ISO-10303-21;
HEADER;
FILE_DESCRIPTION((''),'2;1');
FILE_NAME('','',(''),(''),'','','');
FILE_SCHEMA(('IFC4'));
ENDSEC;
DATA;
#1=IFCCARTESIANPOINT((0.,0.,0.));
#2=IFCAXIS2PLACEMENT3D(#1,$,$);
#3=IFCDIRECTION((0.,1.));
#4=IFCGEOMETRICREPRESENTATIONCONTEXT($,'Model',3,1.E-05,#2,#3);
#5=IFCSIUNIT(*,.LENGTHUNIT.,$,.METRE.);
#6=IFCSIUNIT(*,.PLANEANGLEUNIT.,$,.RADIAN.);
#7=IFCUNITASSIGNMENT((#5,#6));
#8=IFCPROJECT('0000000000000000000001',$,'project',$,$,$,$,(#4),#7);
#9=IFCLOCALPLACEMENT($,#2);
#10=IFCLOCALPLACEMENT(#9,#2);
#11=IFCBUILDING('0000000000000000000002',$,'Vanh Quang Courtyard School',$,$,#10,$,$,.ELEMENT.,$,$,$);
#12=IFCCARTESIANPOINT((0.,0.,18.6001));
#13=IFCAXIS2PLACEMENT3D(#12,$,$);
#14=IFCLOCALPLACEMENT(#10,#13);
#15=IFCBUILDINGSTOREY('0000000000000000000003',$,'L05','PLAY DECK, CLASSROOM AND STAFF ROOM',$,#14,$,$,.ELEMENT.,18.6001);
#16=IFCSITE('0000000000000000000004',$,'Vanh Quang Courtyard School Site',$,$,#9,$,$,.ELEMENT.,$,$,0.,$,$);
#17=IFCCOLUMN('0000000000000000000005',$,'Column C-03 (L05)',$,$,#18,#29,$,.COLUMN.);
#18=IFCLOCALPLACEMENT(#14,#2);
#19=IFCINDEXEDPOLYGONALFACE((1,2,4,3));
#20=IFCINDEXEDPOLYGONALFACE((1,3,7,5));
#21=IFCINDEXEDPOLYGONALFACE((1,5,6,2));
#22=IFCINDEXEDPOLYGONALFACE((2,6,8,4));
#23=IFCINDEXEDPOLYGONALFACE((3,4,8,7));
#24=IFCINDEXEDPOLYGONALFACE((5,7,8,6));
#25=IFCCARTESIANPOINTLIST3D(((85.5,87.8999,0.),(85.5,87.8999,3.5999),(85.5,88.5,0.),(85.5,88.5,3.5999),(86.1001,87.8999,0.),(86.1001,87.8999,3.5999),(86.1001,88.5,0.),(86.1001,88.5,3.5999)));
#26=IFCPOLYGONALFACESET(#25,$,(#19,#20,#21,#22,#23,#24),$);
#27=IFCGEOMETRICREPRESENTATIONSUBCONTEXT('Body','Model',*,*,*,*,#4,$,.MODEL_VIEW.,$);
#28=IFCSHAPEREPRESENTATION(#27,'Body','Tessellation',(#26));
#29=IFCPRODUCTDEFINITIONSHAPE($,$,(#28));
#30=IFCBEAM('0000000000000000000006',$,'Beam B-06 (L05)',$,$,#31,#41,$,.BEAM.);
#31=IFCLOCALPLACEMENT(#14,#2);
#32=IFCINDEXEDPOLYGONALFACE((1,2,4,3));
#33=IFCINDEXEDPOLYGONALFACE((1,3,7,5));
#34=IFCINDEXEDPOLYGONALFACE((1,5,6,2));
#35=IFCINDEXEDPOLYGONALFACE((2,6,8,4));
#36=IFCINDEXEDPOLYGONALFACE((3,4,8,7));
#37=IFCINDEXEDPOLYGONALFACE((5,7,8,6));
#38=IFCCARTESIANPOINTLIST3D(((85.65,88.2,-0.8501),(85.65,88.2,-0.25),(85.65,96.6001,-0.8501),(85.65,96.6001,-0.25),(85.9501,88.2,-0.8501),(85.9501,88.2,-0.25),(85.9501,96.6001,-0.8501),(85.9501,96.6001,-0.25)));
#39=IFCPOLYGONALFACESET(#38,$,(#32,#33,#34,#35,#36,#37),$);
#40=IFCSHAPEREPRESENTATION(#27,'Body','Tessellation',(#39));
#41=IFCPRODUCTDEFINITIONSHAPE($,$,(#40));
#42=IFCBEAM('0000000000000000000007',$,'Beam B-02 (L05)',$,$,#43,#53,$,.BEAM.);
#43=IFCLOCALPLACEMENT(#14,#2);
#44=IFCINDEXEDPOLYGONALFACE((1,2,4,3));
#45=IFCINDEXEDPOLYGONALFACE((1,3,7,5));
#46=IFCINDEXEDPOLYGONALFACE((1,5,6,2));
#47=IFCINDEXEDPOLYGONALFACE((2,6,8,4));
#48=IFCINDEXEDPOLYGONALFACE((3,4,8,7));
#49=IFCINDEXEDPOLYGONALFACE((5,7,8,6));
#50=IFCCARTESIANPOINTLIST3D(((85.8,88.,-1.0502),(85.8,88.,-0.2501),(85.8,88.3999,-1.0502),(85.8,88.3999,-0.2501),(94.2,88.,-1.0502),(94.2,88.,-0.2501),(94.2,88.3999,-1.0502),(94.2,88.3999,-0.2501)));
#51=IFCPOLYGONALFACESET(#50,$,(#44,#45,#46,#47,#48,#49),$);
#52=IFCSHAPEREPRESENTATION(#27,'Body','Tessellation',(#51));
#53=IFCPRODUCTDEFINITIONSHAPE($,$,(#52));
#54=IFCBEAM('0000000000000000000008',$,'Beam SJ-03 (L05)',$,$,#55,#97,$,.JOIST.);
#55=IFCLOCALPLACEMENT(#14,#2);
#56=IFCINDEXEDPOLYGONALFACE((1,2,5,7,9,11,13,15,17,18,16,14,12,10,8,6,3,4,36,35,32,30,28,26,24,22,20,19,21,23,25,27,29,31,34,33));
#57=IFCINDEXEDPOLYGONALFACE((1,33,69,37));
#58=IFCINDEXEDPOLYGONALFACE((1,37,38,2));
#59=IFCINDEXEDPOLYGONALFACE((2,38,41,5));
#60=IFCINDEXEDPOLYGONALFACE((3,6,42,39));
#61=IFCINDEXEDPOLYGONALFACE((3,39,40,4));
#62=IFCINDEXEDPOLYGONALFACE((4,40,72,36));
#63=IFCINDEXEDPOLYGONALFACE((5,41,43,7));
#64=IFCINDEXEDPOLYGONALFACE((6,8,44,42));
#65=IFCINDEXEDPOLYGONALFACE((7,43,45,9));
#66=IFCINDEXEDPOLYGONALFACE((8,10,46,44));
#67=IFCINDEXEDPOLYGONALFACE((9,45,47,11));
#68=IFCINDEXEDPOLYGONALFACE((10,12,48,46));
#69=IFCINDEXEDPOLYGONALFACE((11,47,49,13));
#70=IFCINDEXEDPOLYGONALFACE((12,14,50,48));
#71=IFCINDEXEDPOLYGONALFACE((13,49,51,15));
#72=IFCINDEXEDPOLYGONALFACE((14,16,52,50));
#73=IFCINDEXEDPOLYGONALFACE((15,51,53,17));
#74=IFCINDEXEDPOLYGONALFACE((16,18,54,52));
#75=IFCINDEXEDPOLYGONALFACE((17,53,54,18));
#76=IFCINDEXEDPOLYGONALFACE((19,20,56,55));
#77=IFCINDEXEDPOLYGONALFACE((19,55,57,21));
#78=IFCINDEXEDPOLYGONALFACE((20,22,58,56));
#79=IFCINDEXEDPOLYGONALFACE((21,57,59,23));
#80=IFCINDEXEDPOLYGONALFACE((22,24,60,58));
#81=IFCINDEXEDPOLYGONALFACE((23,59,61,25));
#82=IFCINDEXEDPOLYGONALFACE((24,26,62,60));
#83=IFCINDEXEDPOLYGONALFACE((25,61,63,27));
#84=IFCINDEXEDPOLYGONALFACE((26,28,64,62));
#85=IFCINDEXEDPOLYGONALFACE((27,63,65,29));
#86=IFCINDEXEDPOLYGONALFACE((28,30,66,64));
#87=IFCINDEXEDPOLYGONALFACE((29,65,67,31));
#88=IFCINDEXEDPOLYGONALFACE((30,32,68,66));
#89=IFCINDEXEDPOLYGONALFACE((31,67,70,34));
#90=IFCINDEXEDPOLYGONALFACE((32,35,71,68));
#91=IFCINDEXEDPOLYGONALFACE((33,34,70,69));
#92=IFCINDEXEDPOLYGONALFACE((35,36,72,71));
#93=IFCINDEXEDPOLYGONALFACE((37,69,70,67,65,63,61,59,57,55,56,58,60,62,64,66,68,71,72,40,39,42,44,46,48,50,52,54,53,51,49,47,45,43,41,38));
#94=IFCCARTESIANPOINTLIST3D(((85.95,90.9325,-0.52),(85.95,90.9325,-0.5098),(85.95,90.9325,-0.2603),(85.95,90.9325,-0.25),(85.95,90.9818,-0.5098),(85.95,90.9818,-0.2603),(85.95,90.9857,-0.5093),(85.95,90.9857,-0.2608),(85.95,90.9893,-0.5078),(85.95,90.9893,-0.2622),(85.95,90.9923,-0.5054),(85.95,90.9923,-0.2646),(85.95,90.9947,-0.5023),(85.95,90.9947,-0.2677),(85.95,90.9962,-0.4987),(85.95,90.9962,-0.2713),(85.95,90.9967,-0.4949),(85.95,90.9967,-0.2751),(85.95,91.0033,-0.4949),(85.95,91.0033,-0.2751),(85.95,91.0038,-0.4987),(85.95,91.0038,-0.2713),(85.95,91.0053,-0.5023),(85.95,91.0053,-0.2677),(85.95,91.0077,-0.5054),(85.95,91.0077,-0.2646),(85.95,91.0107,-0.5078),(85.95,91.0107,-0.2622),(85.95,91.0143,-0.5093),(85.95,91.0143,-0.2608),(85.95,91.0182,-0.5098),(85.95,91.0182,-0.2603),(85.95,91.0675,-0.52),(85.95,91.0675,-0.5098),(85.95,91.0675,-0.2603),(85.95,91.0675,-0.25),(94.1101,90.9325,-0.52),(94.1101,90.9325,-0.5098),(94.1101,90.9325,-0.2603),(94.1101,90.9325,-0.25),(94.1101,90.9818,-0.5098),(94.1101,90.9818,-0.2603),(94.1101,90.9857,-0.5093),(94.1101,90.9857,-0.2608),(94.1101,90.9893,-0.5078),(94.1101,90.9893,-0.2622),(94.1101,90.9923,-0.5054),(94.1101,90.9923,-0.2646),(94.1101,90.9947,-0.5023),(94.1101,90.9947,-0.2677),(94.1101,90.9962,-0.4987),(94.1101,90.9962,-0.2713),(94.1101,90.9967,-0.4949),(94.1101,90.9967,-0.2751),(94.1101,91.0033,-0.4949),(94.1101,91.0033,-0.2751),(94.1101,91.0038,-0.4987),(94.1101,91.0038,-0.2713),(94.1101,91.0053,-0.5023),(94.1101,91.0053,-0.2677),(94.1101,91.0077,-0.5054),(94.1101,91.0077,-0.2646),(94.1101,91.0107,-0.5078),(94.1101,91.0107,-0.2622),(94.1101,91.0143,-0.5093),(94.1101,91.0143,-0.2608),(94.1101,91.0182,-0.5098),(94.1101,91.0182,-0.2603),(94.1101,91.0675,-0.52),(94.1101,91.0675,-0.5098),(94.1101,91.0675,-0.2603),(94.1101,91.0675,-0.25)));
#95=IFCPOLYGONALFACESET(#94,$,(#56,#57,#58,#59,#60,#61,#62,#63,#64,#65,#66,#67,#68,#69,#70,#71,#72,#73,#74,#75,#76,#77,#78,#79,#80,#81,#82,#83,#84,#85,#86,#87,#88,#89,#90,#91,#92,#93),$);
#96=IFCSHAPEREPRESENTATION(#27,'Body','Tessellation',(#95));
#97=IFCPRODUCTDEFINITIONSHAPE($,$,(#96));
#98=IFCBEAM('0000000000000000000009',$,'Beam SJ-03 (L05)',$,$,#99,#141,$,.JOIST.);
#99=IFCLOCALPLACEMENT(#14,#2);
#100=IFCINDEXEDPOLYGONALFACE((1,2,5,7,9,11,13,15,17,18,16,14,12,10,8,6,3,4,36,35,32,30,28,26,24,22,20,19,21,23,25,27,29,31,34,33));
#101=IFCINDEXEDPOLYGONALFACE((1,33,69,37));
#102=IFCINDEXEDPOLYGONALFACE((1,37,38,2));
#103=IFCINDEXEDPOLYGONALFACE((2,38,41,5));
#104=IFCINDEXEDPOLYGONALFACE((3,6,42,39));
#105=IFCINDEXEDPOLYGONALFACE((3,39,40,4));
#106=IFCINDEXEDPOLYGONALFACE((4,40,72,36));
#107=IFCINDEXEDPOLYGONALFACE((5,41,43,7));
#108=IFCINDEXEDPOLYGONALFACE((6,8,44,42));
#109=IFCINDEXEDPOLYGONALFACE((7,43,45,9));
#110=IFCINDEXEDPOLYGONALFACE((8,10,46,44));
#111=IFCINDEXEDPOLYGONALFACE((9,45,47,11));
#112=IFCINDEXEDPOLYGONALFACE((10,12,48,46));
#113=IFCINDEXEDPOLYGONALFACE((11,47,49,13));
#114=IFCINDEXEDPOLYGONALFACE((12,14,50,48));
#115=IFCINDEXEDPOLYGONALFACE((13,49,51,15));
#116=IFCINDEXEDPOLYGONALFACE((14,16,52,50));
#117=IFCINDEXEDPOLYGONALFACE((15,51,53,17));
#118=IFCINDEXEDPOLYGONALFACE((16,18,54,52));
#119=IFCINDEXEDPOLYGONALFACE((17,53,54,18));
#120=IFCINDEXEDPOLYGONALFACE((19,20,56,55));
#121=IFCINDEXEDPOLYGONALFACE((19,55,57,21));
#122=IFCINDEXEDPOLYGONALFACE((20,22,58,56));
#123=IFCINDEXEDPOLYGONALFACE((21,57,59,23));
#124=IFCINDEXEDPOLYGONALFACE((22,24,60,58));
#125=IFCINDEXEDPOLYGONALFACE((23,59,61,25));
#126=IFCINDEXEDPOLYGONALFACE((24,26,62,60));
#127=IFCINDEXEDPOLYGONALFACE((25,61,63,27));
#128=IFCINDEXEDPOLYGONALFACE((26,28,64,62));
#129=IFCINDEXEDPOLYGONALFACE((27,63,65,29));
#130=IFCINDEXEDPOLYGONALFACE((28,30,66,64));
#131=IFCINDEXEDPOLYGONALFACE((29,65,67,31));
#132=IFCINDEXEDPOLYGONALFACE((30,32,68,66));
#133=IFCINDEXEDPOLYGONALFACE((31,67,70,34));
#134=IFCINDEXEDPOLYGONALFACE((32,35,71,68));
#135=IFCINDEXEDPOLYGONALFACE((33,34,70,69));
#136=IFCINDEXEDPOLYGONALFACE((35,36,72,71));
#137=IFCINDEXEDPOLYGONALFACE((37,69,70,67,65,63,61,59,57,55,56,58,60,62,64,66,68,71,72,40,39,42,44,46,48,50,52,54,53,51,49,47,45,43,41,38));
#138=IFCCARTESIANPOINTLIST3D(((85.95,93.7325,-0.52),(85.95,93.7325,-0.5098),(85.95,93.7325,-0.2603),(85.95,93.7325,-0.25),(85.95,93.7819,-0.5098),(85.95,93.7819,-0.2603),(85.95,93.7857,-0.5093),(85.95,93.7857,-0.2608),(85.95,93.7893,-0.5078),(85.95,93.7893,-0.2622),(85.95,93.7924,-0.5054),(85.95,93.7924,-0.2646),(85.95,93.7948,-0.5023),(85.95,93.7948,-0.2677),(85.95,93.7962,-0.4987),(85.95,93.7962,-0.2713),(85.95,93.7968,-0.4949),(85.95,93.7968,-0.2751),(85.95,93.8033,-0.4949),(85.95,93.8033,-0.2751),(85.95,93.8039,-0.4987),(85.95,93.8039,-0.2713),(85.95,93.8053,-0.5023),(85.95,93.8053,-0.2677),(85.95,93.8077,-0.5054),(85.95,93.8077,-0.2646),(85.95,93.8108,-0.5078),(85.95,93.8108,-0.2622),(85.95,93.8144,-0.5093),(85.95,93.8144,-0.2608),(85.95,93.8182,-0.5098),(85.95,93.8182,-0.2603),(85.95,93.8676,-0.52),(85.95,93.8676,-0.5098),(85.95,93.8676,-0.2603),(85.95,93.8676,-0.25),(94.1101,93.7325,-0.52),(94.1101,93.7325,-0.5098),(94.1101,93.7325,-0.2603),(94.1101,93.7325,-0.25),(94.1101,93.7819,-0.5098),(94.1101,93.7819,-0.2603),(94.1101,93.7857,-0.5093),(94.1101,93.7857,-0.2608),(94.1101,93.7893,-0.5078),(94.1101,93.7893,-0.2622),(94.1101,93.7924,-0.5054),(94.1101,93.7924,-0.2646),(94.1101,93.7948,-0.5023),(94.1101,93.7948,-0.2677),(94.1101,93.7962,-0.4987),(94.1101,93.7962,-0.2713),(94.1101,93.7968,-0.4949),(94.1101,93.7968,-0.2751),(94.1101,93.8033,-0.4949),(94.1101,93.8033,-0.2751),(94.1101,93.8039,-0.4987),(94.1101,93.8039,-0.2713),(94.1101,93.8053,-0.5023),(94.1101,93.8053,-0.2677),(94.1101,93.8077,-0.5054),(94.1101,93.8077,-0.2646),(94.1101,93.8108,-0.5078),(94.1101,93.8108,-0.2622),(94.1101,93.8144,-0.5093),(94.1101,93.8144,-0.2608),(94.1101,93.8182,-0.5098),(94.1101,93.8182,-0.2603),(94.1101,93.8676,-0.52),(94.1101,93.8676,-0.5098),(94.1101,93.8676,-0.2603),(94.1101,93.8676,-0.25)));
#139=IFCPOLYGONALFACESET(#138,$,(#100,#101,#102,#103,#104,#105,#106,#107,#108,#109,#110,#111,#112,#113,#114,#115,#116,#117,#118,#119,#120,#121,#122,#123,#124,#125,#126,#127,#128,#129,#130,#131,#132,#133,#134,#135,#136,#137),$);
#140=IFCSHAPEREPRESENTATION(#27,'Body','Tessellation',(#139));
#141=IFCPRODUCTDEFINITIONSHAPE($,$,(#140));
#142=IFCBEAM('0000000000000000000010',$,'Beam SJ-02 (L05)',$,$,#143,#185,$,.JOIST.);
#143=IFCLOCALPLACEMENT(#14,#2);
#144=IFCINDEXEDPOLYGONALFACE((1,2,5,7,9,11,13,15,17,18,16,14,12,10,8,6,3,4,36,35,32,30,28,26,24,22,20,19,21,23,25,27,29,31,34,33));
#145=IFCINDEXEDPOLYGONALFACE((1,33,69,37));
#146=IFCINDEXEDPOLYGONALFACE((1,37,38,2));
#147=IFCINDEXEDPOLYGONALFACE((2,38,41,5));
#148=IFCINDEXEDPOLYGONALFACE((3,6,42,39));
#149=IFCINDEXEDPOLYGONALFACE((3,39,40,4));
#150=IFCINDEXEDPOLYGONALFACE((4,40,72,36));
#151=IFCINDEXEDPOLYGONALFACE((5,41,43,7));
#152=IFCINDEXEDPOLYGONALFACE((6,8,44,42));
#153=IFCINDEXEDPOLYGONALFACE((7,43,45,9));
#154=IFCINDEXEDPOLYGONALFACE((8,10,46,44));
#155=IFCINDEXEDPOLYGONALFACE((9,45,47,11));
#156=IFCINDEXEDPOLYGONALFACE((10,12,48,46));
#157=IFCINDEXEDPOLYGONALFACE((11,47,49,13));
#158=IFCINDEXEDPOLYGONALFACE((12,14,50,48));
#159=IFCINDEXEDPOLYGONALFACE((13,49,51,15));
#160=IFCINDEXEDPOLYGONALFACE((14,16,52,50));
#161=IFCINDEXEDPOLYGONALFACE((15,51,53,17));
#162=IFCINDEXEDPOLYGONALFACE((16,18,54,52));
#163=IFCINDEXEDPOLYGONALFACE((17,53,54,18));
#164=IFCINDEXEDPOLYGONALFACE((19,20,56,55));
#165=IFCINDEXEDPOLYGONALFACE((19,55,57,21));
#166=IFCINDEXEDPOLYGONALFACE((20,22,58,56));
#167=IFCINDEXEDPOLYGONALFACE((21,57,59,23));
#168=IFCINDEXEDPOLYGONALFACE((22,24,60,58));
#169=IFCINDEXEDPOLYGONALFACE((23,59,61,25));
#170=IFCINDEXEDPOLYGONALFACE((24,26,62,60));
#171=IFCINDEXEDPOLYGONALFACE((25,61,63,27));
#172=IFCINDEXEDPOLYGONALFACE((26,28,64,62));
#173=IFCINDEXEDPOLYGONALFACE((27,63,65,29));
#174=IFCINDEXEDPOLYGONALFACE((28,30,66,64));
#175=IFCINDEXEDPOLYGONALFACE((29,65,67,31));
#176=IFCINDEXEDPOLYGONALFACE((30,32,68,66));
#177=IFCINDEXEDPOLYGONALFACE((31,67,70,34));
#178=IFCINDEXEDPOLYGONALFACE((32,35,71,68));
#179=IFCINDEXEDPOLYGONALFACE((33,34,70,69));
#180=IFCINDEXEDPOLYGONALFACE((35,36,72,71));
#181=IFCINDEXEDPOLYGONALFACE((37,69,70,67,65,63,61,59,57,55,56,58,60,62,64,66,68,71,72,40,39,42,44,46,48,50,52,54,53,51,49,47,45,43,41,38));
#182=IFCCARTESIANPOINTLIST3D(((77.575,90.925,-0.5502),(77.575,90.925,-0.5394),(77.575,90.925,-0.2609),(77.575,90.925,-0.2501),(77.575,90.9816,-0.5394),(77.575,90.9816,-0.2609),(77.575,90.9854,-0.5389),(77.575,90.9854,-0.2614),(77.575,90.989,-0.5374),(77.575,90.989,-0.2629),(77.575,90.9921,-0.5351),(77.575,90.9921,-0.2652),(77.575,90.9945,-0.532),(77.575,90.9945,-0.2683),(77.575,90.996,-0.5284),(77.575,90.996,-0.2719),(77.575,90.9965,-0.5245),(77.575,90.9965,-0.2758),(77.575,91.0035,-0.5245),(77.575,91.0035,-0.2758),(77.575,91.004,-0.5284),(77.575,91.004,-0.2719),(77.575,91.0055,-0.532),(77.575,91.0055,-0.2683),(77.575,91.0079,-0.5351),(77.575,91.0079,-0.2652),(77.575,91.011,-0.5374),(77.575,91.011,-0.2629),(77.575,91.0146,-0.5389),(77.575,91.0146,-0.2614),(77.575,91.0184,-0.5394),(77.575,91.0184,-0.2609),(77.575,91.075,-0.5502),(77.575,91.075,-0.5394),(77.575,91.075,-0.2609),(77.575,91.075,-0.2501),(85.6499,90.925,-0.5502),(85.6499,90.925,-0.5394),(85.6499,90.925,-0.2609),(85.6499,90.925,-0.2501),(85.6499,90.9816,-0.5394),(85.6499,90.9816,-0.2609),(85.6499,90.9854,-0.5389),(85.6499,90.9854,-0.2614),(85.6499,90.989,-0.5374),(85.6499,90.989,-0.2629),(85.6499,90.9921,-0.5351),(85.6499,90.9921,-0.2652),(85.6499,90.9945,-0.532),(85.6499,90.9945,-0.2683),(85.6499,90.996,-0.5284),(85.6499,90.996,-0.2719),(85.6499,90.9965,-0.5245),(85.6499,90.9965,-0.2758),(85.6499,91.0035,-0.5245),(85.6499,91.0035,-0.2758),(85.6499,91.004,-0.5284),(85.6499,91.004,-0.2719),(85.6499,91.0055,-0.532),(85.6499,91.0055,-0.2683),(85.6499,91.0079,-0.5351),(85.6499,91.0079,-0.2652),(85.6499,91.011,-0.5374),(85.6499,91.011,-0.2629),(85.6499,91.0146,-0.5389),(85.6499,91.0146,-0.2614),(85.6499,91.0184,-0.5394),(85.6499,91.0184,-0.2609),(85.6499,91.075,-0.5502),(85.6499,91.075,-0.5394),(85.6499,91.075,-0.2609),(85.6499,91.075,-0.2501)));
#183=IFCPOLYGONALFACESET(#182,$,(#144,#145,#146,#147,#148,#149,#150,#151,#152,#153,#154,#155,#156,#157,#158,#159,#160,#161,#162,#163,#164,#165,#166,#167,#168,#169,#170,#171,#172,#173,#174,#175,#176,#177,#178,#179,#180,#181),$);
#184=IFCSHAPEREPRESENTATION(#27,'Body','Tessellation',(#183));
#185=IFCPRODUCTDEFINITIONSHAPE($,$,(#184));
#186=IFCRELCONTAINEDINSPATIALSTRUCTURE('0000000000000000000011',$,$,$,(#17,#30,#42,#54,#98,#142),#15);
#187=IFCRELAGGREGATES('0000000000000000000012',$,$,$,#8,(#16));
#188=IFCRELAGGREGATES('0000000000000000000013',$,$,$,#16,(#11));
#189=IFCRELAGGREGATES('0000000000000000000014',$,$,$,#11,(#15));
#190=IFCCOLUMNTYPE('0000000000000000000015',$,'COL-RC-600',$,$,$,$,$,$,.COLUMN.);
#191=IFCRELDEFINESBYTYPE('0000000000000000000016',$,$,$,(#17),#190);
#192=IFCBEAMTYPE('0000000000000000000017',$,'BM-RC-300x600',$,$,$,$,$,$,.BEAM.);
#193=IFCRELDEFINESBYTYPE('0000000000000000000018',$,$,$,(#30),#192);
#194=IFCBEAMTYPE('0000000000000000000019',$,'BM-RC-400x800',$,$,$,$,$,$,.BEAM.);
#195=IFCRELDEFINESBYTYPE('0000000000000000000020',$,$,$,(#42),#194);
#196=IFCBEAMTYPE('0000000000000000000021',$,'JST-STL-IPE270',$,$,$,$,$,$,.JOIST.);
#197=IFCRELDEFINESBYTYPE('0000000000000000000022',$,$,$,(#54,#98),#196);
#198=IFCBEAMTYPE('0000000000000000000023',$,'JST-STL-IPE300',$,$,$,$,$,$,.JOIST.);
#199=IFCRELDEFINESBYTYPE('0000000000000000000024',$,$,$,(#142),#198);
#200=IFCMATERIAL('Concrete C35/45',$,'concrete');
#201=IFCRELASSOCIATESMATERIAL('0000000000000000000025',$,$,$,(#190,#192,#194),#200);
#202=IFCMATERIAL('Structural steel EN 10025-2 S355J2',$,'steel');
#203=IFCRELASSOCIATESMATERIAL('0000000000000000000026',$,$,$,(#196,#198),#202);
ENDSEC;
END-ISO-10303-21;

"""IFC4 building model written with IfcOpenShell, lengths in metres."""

from ifc_helpers import new_model, si_unit, direction, frame, origin, origin_2d, place, context, subcontext, project, spatial, rectangle, i_section, extrude, material, material_profile, profile_set, type_object, element, save


model = new_model("IFC4")

# Units and contexts
model_context = context("Model", 3, precision=1e-05, world=origin(), true_north=direction((0.0, 1.0)))
body_context = subcontext(model_context, "Body", "Model", "MODEL_VIEW")
ifc_project = project(units=[si_unit("LENGTHUNIT", "METRE"), si_unit("PLANEANGLEUNIT", "RADIAN")], contexts=[model_context])

# Site, building, storey
site_placement = place(None, origin())
site = spatial("IfcSite", under=ifc_project, at=site_placement, Name="Vanh Quang Courtyard School Site", CompositionType="ELEMENT", RefElevation=0.0)
building_placement = place(site_placement, origin())
building = spatial("IfcBuilding", under=site, at=building_placement, Name="Vanh Quang Courtyard School", CompositionType="ELEMENT")
storey_placement = place(building_placement, frame((0.0, 0.0, 18.6001)))
storey = spatial("IfcBuildingStorey", under=building, at=storey_placement, Name="L05", Description="PLAY DECK, CLASSROOM AND STAFF ROOM", CompositionType="ELEMENT", Elevation=18.6001)

# Column
ifc_material_1 = material(Name="Concrete C35/45", Category="concrete")
ifc_material_profile_1 = material_profile(ifc_material_1, rectangle(XDim=0.6001, YDim=0.6001, at=origin_2d()), Name="RC-COL 600x600")
ifc_profile_set_1 = profile_set([ifc_material_profile_1], Name="Concrete C35/45")
column_type = type_object("IfcColumnType", Name="COL-RC-600", PredefinedType="COLUMN", material=ifc_profile_set_1)
column_placement = place(storey_placement, frame((85.8, 88.2, 0.0), z_axis=(0.0, 0.0, 1.0), x_axis=(1.0, 0.0, 0.0)))
element("IfcColumn", 1, at=column_placement, inside=storey, type_object=column_type, Name="Column C-03 (L05)", PredefinedType="COLUMN", context=body_context, shape_type="SweptSolid", body=[
    extrude(rectangle(XDim=0.6001, YDim=0.6001, at=origin_2d()), origin(), (0.0, 0.0, 1.0), 3.5999),
])

# Beams
ifc_material_profile_2 = material_profile(ifc_material_1, rectangle(XDim=0.3, YDim=0.6001, at=origin_2d()), Name="RC-BM 300x600")
ifc_profile_set_2 = profile_set([ifc_material_profile_2], Name="Concrete C35/45")
beam_type_1 = type_object("IfcBeamType", Name="BM-RC-300x600", PredefinedType="BEAM", material=ifc_profile_set_2)
beam_1_placement = place(storey_placement, frame((85.8, 88.2, -0.55), z_axis=(0.0, 1.0, 0.0), x_axis=(-1.0, 0.0, 0.0)))
element("IfcBeam", 2, at=beam_1_placement, inside=storey, type_object=beam_type_1, Name="Beam B-06 (L05)", PredefinedType="BEAM", context=body_context, shape_type="SweptSolid", body=[
    extrude(rectangle(XDim=0.3, YDim=0.6001, at=origin_2d()), origin(), (0.0, 0.0, 1.0), 8.4001),
])
ifc_material_profile_3 = material_profile(ifc_material_1, rectangle(XDim=0.3999, YDim=0.8, at=origin_2d()), Name="RC-BM 400x800")
ifc_profile_set_3 = profile_set([ifc_material_profile_3], Name="Concrete C35/45")
beam_type_2 = type_object("IfcBeamType", Name="BM-RC-400x800", PredefinedType="BEAM", material=ifc_profile_set_3)
beam_2_placement = place(storey_placement, frame((85.8, 88.2, -0.6501), z_axis=(1.0, 0.0, 0.0), x_axis=(0.0, 1.0, 0.0)))
element("IfcBeam", 3, at=beam_2_placement, inside=storey, type_object=beam_type_2, Name="Beam B-02 (L05)", PredefinedType="BEAM", context=body_context, shape_type="SweptSolid", body=[
    extrude(rectangle(XDim=0.3999, YDim=0.8, at=origin_2d()), origin(), (0.0, 0.0, 1.0), 8.3999),
])
ifc_material_2 = material(Name="Structural steel EN 10025-2 S355J2", Category="steel")
ifc_material_profile_4 = material_profile(ifc_material_2, i_section(OverallWidth=0.135, OverallDepth=0.27, WebThickness=0.0066, FlangeThickness=0.0103, FilletRadius=0.0149, at=origin_2d()), Name="IPE 270")
ifc_profile_set_4 = profile_set([ifc_material_profile_4], Name="Structural steel EN 10025-2 S355J2")
beam_type_3 = type_object("IfcBeamType", Name="JST-STL-IPE270", PredefinedType="JOIST", material=ifc_profile_set_4)
for number, where, z_axis, x_axis, name in (
    (4, (85.95, 91.0, -0.385), (1.0, 0.0, 0.0), (0.0, 1.0, 0.0), "Beam SJ-03 (L05)"),
    (5, (85.95, 93.8, -0.385), (1.0, 0.0, 0.0), (0.0, 1.0, 0.0), "Beam SJ-03 (L05)"),
):
    element("IfcBeam", number, at=place(storey_placement, frame(where, z_axis=z_axis, x_axis=x_axis)), inside=storey, type_object=beam_type_3, Name=name, PredefinedType="JOIST", context=body_context, shape_type="SweptSolid", body=[
        extrude(i_section(OverallWidth=0.135, OverallDepth=0.27, WebThickness=0.0066, FlangeThickness=0.0103, FilletRadius=0.0149, at=origin_2d()), origin(), (0.0, 0.0, 1.0), 8.1602),
    ])
ifc_material_profile_5 = material_profile(ifc_material_2, i_section(OverallWidth=0.1499, OverallDepth=0.3, WebThickness=0.0071, FlangeThickness=0.0107, FilletRadius=0.0149, at=origin_2d()), Name="IPE 300")
ifc_profile_set_5 = profile_set([ifc_material_profile_5], Name="Structural steel EN 10025-2 S355J2")
beam_type_4 = type_object("IfcBeamType", Name="JST-STL-IPE300", PredefinedType="JOIST", material=ifc_profile_set_5)
for number, where, z_axis, x_axis, name in (
    (6, (77.575, 91.0, -0.4001), (1.0, 0.0, 0.0), (0.0, 1.0, 0.0), "Beam SJ-02 (L05)"),
):
    element("IfcBeam", number, at=place(storey_placement, frame(where, z_axis=z_axis, x_axis=x_axis)), inside=storey, type_object=beam_type_4, Name=name, PredefinedType="JOIST", context=body_context, shape_type="SweptSolid", body=[
        extrude(i_section(OverallWidth=0.1499, OverallDepth=0.3, WebThickness=0.0071, FlangeThickness=0.0107, FilletRadius=0.0149, at=origin_2d()), origin(), (0.0, 0.0, 1.0), 8.075),
    ])

save(model, "model.ifc")
